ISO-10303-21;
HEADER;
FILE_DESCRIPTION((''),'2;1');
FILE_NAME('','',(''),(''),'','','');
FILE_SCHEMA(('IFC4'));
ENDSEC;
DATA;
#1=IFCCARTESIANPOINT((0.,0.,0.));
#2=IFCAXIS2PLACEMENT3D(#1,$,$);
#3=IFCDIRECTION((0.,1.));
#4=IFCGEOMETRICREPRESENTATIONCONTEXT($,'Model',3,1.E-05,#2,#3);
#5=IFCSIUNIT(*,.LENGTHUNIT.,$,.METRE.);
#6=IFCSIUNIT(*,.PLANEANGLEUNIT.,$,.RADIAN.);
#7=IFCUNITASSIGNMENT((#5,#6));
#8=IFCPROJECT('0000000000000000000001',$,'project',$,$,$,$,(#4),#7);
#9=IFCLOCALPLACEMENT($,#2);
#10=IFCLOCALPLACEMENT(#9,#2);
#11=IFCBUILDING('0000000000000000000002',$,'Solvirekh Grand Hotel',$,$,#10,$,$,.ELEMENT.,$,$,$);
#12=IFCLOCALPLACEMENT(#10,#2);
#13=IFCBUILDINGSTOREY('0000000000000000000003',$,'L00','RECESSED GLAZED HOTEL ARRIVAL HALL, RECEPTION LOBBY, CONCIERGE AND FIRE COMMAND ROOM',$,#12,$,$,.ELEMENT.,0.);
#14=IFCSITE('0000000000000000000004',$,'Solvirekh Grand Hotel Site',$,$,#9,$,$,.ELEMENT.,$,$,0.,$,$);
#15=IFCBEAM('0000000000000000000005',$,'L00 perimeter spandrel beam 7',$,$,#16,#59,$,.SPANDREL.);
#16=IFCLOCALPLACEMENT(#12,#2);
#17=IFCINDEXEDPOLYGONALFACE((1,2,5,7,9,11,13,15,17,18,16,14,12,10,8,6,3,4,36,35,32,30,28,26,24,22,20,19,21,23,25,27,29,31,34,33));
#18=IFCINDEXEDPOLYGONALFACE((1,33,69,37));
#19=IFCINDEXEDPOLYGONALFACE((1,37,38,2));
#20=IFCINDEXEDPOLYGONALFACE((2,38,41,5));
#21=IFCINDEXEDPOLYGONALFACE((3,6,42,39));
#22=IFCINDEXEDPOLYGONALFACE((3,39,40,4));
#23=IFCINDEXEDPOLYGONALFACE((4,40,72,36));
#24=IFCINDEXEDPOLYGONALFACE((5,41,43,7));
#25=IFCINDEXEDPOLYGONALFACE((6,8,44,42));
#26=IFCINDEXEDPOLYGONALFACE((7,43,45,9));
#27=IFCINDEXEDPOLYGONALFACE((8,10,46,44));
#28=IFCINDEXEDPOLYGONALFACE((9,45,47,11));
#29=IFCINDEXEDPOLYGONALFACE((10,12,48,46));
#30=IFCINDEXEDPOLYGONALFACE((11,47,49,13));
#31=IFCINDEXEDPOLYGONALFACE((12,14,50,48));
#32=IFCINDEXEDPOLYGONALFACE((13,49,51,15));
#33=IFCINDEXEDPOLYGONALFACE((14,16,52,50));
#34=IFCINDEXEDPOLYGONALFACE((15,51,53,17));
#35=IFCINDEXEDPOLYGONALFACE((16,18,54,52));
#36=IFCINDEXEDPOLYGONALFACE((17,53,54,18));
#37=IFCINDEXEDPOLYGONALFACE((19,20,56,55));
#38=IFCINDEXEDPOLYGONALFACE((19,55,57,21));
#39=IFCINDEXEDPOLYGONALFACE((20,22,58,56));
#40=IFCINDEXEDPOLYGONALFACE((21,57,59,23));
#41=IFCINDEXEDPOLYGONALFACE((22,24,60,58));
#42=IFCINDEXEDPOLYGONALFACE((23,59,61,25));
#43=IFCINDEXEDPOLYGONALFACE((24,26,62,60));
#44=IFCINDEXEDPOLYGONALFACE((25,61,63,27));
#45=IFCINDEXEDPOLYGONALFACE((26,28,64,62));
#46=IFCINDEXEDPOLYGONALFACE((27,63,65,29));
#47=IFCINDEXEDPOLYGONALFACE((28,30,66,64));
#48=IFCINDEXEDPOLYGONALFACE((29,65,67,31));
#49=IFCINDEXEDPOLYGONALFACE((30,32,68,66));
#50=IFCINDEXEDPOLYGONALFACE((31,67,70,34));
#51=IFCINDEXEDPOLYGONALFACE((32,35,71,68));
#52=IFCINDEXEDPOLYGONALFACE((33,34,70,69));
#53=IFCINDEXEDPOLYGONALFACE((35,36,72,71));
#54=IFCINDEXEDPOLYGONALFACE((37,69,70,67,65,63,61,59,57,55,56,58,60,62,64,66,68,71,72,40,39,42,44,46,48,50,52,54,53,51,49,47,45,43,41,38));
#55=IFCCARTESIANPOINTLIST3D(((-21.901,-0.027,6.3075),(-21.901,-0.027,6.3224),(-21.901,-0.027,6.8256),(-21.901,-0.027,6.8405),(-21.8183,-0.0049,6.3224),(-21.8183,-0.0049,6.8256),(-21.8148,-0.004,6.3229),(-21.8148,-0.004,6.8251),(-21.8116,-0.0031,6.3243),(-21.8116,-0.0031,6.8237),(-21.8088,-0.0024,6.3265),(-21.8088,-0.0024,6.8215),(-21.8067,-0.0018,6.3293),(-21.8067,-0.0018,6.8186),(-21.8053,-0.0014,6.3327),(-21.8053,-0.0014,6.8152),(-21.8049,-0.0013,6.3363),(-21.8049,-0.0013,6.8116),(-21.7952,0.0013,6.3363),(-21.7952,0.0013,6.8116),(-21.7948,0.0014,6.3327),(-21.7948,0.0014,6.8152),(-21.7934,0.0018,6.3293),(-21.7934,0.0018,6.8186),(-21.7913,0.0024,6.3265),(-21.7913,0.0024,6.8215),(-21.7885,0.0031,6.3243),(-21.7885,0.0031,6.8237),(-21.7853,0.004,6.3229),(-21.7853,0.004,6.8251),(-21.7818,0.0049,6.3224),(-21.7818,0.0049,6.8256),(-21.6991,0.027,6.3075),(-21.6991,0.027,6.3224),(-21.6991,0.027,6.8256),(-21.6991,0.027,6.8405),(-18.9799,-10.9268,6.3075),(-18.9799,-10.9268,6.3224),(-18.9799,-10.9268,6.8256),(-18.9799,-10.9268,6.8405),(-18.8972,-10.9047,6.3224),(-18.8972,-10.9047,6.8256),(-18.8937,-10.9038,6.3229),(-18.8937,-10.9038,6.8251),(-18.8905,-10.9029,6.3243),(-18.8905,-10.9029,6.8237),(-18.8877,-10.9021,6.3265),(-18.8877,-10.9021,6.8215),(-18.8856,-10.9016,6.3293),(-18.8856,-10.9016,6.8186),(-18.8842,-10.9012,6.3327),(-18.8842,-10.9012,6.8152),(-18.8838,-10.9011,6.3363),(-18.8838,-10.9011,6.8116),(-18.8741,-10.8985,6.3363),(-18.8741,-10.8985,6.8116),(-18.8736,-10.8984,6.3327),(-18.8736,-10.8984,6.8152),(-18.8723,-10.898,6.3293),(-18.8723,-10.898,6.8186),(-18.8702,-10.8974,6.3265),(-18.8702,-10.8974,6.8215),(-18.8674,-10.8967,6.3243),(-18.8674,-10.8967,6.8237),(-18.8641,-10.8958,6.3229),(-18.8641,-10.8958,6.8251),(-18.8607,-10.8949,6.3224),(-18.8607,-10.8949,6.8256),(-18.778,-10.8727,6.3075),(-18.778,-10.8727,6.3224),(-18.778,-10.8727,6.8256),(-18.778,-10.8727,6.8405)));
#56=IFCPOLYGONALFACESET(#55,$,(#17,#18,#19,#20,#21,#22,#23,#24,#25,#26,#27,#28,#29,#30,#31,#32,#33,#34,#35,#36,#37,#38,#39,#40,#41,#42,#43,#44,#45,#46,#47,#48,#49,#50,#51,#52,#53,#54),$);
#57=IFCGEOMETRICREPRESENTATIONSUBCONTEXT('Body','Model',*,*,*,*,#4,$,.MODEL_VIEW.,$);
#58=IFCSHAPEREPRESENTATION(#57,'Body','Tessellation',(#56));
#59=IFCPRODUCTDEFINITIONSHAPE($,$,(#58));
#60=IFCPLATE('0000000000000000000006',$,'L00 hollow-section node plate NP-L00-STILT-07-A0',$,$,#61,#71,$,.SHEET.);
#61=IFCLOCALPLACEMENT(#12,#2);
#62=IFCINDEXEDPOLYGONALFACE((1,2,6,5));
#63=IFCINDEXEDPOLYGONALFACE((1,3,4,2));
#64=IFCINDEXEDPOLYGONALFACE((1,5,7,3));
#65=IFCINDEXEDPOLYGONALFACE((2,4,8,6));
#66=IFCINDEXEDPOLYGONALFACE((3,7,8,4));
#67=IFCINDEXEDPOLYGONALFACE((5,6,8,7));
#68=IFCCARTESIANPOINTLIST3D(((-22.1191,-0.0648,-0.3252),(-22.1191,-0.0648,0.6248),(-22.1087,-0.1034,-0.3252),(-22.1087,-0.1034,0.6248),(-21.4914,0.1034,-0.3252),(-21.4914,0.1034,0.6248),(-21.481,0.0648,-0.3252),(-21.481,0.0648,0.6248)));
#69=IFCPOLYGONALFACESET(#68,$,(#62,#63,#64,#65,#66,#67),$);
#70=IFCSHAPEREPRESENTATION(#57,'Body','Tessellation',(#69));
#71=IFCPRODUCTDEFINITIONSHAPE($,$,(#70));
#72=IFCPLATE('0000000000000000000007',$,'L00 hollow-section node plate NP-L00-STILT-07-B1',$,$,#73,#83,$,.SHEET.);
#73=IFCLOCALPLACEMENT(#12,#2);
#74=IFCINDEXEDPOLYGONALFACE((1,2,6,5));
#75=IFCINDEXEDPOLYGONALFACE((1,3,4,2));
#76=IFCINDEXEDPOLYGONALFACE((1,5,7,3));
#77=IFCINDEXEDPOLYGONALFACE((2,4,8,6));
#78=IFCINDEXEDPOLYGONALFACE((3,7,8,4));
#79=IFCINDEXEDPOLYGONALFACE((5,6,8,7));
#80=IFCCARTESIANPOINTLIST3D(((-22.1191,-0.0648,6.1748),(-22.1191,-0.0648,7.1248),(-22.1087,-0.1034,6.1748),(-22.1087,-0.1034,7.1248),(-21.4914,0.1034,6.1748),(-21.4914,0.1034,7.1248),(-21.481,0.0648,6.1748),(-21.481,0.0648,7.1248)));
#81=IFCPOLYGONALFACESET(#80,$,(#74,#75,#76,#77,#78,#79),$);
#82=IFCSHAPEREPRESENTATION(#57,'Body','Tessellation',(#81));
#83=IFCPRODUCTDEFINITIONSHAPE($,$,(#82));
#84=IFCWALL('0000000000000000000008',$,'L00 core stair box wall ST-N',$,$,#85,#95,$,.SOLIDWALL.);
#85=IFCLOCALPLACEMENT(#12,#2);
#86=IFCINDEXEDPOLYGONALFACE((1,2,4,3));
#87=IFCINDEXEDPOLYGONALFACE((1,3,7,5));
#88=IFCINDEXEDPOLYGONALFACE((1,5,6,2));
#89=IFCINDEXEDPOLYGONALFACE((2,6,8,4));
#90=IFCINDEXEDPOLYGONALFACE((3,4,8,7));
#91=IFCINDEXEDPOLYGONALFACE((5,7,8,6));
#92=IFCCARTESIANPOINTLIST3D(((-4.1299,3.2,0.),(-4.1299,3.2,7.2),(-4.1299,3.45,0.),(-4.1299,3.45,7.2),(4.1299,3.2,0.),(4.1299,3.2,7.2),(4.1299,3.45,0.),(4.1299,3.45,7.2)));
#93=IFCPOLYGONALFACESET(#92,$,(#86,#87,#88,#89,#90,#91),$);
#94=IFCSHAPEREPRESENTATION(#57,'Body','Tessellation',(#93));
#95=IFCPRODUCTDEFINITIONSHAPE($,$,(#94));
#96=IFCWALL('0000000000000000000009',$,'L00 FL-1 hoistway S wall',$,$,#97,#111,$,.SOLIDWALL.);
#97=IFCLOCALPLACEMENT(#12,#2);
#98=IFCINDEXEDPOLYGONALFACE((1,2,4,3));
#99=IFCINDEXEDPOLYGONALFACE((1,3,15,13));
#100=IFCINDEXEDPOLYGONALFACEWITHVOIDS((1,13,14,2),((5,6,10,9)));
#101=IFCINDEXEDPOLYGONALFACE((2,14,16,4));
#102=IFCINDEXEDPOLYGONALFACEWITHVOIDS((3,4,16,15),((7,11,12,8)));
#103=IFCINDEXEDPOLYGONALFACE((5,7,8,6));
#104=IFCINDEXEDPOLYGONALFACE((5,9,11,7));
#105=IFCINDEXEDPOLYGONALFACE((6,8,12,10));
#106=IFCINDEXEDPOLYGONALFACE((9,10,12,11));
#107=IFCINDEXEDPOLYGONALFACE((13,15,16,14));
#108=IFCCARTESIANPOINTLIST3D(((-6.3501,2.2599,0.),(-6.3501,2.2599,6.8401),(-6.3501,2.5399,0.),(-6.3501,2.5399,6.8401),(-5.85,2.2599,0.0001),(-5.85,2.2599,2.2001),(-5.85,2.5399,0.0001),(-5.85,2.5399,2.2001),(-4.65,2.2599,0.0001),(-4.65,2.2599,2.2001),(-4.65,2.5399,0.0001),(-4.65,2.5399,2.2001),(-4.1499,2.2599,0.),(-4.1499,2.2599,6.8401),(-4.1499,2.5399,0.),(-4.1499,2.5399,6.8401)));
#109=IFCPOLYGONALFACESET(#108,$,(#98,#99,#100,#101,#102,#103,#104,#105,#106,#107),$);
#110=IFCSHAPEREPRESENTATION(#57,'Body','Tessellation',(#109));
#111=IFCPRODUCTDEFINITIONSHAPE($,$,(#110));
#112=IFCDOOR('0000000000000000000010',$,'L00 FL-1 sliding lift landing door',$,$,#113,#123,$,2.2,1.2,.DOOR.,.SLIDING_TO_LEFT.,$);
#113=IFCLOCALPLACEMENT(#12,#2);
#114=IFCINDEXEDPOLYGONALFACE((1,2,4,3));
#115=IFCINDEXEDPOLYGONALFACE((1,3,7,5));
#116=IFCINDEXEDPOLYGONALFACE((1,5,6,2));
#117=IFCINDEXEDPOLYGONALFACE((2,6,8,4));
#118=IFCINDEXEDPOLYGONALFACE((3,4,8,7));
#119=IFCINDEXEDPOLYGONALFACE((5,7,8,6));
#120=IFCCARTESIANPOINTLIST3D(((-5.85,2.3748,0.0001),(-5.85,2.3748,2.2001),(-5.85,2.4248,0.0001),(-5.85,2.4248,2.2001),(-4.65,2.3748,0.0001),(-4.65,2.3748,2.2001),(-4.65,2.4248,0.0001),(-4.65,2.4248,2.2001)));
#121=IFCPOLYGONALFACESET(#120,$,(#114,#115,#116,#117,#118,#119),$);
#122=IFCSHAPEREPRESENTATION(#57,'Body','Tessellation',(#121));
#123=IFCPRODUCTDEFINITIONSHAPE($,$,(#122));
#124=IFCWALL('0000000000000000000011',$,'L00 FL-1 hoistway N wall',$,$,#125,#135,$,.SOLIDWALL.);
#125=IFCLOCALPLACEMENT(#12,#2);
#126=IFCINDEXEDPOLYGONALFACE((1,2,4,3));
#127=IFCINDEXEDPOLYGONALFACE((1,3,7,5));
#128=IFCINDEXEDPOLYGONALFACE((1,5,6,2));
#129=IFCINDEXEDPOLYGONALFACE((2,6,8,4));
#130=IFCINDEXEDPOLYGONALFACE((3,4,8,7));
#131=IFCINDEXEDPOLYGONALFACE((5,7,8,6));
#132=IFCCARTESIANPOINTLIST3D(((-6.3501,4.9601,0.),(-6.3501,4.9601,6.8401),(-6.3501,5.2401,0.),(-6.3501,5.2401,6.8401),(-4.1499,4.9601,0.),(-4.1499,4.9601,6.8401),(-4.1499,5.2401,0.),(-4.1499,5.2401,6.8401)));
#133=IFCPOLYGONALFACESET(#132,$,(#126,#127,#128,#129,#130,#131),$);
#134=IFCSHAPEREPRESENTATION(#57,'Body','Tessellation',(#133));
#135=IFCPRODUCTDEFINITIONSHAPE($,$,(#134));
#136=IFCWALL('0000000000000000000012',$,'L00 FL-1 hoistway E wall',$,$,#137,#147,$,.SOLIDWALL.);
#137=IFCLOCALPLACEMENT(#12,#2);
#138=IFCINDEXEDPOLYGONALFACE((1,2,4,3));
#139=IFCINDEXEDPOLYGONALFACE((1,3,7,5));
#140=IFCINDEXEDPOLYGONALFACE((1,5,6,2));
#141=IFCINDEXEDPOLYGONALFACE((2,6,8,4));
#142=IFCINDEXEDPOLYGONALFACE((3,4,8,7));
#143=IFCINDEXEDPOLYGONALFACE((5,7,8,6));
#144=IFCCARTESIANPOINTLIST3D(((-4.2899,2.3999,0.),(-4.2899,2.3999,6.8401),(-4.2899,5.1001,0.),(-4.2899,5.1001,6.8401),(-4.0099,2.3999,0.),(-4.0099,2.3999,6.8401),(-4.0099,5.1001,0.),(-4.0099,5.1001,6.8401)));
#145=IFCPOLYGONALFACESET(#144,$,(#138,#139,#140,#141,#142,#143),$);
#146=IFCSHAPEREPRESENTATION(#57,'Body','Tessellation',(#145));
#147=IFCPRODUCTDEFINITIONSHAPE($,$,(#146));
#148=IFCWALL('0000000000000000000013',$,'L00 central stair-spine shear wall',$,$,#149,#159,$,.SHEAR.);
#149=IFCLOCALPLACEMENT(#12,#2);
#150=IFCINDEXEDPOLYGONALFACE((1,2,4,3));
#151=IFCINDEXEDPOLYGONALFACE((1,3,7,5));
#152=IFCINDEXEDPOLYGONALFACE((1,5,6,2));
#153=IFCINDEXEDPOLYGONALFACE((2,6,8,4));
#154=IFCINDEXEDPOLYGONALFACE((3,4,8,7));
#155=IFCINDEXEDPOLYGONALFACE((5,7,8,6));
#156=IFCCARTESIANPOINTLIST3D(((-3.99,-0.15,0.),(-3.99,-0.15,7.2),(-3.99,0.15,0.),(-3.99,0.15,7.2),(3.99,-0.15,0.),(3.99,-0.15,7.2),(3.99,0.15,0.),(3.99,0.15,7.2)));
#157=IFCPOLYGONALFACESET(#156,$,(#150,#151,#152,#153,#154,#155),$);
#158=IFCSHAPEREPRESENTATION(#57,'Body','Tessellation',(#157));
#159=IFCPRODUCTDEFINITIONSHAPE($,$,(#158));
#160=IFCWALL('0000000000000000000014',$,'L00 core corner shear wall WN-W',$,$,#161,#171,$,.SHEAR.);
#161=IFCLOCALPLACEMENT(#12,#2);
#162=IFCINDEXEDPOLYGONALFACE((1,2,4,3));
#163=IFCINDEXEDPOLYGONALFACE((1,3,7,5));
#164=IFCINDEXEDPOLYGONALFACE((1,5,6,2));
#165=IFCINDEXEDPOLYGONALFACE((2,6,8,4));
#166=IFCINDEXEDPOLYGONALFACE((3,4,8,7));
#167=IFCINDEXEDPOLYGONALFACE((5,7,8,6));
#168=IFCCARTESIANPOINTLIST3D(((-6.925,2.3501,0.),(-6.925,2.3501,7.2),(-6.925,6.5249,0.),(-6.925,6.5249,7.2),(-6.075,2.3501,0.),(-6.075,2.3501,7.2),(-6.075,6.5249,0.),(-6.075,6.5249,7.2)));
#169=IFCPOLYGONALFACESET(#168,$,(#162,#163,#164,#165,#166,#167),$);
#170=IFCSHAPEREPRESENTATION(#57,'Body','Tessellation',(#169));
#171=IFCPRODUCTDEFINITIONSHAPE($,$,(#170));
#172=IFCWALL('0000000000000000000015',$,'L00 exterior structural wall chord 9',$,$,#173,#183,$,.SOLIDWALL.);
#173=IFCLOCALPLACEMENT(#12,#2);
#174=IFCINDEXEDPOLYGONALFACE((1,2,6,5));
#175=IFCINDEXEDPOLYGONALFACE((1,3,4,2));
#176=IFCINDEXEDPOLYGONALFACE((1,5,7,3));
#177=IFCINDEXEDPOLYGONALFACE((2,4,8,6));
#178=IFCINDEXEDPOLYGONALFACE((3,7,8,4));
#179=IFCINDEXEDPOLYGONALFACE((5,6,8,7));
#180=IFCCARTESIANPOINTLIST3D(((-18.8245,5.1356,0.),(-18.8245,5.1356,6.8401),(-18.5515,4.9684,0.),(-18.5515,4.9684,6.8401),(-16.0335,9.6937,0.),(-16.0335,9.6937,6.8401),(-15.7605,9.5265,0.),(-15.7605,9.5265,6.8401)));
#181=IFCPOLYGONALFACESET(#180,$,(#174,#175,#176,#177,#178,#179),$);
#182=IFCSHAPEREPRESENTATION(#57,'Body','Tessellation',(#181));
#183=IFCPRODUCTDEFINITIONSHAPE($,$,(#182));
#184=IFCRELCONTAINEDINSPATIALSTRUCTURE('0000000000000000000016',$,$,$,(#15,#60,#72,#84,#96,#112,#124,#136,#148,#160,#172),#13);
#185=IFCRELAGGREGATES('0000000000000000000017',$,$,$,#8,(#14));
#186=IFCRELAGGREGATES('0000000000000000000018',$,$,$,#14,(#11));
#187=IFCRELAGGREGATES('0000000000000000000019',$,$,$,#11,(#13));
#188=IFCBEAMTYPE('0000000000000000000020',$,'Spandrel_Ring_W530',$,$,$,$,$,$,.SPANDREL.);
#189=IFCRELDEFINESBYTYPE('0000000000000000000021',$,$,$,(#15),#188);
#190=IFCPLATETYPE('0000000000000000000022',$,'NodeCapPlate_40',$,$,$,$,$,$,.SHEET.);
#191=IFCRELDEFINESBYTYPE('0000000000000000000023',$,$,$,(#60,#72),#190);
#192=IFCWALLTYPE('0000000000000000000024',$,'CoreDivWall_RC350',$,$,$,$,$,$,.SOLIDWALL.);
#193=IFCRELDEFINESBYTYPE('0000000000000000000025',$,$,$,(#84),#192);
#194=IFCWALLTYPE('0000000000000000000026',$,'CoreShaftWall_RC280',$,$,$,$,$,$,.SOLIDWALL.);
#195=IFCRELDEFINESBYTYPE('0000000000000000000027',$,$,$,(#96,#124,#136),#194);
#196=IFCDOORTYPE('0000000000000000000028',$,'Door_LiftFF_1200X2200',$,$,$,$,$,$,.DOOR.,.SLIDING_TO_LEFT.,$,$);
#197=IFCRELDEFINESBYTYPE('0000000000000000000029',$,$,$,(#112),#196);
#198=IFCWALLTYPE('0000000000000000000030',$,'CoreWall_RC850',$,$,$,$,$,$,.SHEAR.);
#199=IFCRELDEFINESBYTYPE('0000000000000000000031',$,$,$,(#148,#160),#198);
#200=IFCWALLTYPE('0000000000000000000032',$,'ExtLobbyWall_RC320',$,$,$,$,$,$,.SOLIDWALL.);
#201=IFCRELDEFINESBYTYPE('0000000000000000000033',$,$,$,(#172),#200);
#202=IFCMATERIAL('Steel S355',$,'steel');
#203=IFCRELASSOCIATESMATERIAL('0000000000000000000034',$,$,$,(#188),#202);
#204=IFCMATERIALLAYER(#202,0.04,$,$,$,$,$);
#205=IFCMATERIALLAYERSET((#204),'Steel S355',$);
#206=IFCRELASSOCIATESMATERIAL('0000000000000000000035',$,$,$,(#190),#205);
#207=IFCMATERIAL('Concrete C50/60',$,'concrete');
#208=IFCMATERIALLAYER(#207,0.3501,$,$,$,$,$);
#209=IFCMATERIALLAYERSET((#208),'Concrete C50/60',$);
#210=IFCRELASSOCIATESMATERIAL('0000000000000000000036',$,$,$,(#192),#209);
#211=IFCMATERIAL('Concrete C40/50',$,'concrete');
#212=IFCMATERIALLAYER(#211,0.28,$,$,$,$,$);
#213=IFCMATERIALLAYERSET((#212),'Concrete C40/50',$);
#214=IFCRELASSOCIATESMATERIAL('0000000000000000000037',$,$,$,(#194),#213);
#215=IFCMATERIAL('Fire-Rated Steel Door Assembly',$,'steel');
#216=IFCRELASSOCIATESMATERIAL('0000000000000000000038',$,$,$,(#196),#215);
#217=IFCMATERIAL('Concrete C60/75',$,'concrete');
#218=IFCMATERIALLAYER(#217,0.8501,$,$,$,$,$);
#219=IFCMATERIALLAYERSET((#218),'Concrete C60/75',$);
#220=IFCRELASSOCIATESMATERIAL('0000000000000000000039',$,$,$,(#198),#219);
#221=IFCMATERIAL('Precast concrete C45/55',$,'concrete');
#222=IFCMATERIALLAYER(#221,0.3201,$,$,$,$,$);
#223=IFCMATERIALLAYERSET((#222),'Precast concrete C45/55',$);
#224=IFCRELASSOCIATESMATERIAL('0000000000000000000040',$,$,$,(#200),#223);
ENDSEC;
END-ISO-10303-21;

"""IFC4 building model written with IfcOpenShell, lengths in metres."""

from ifc_helpers import new_model, si_unit, direction, frame, frame_2d, origin, origin_2d, place, context, subcontext, project, spatial, rectangle, i_section, extrude, material, layer, layer_set, material_profile, profile_set, type_object, element, fill, save


model = new_model("IFC4")

# Units and contexts
model_context = context("Model", 3, precision=1e-05, world=origin(), true_north=direction((0.0, 1.0)))
body_context = subcontext(model_context, "Body", "Model", "MODEL_VIEW")
ifc_project = project(units=[si_unit("LENGTHUNIT", "METRE"), si_unit("PLANEANGLEUNIT", "RADIAN")], contexts=[model_context])

# Site, building, storey
site_placement = place(None, origin())
site = spatial("IfcSite", under=ifc_project, at=site_placement, Name="Solvirekh Grand Hotel Site", CompositionType="ELEMENT", RefElevation=0.0)
building_placement = place(site_placement, origin())
building = spatial("IfcBuilding", under=site, at=building_placement, Name="Solvirekh Grand Hotel", CompositionType="ELEMENT")
storey_placement = place(building_placement, origin())
storey = spatial("IfcBuildingStorey", under=building, at=storey_placement, Name="L00", Description="RECESSED GLAZED HOTEL ARRIVAL HALL, RECEPTION LOBBY, CONCIERGE AND FIRE COMMAND ROOM", CompositionType="ELEMENT", Elevation=0.0)

# Shared definitions
ifc_material_1 = material(Name="Concrete C60/75", Category="concrete")

# Beam
ifc_material_2 = material(Name="Precast concrete C45/55", Category="concrete")
ifc_material_3 = material(Name="Steel S355", Category="steel")
ifc_material_profile_1 = material_profile(ifc_material_3, i_section(OverallWidth=0.209, OverallDepth=0.533, WebThickness=0.01, FlangeThickness=0.0149, FilletRadius=0.0139, at=origin_2d()), Name="W530X92")
ifc_profile_set_1 = profile_set([ifc_material_profile_1], Name="Steel S355")
beam_type_1 = type_object("IfcBeamType", Name="Spandrel_Ring_W530", PredefinedType="SPANDREL", material=ifc_profile_set_1)
beam_1_placement = place(storey_placement, frame((-21.8, 0.0, 6.574), z_axis=(0.258862, -0.965914, 0.0), x_axis=(0.965914, 0.258862, 0.0)))
element("IfcBeam", 1, at=beam_1_placement, inside=storey, type_object=beam_type_1, Name="L00 perimeter spandrel beam 7", PredefinedType="SPANDREL", context=body_context, shape_type="SweptSolid", body=[
    extrude(i_section(OverallWidth=0.209, OverallDepth=0.533, WebThickness=0.01, FlangeThickness=0.0149, FilletRadius=0.0139, at=origin_2d()), origin(), (0.0, 0.0, 1.0), 11.2844),
])

# Plates
ifc_layer_1 = layer(ifc_material_3, 0.04)
ifc_layer_set_1 = layer_set([ifc_layer_1], Name="Steel S355")
plate_type = type_object("IfcPlateType", Name="NodeCapPlate_40", PredefinedType="SHEET", material=ifc_layer_set_1)
for number, where, z_axis, x_axis, name in (
    (2, (-21.8, 0.0, -0.3252), (0.0, 0.0, 1.0), (0.258819, -0.965926, 0.0), "L00 hollow-section node plate NP-L00-STILT-07-A0"),
    (3, (-21.8, 0.0, 6.1748), (0.0, 0.0, 1.0), (0.258819, -0.965926, 0.0), "L00 hollow-section node plate NP-L00-STILT-07-B1"),
):
    element("IfcPlate", number, at=place(storey_placement, frame(where, z_axis=z_axis, x_axis=x_axis)), inside=storey, type_object=plate_type, Name=name, PredefinedType="SHEET", context=body_context, shape_type="SweptSolid", body=[
        extrude(rectangle(XDim=0.04, YDim=0.6499, at=origin_2d()), origin(), (0.0, 0.0, 1.0), 0.95),
    ])

# Wall
ifc_material_4 = material(Name="Concrete C50/60", Category="concrete")
ifc_layer_2 = layer(ifc_material_4, 0.3501)
ifc_layer_set_2 = layer_set([ifc_layer_2], Name="Concrete C50/60")
wall_type_1 = type_object("IfcWallType", Name="CoreDivWall_RC350", PredefinedType="SOLIDWALL", material=ifc_layer_set_2)
wall_1_placement = place(storey_placement, frame((-4.1299, 3.325, 0.0), z_axis=(0.0, 0.0, 1.0), x_axis=(1.0, 0.0, 0.0)))
element("IfcWall", 4, at=wall_1_placement, inside=storey, type_object=wall_type_1, Name="L00 core stair box wall ST-N", PredefinedType="SOLIDWALL", context=body_context, shape_type="SweptSolid", body=[
    extrude(rectangle(XDim=8.2598, YDim=0.25, at=frame_2d((4.1299, 0.0))), origin(), (0.0, 0.0, 1.0), 7.2),
])

# Wall, opening, door
ifc_material_5 = material(Name="Concrete C40/50", Category="concrete")
ifc_layer_3 = layer(ifc_material_5, 0.28)
ifc_layer_set_3 = layer_set([ifc_layer_3], Name="Concrete C40/50")
wall_type_2 = type_object("IfcWallType", Name="CoreShaftWall_RC280", PredefinedType="SOLIDWALL", material=ifc_layer_set_3)
wall_2_placement = place(storey_placement, frame((-6.3501, 2.3999, 0.0), z_axis=(0.0, 0.0, 1.0), x_axis=(1.0, 0.0, 0.0)))
wall_2 = element("IfcWall", 5, at=wall_2_placement, inside=storey, type_object=wall_type_2, Name="L00 FL-1 hoistway S wall", PredefinedType="SOLIDWALL", context=body_context, shape_type="SweptSolid", body=[
    extrude(rectangle(XDim=2.2002, YDim=0.28, at=frame_2d((1.1001, 0.0))), origin(), (0.0, 0.0, 1.0), 6.8401),
])
opening_1_placement = place(wall_2_placement, frame((0.5, 0.0, 0.0)))
opening_1 = element("IfcOpeningElement", 6, at=opening_1_placement, cuts=wall_2, PredefinedType="OPENING", context=body_context, shape_type="SweptSolid", body=[
    extrude(rectangle(XDim=1.2, YDim=2.2, at=frame_2d((0.6001, 1.1001))), frame((0.0, 0.1499, 0.0), z_axis=(0.0, -1.0, 0.0), x_axis=(1.0, 0.0, 0.0)), (0.0, 0.0, 1.0), 0.3),
])
ifc_material_6 = material(Name="Fire-Rated Steel Door Assembly", Category="steel")
door_type_1 = type_object("IfcDoorType", Name="Door_LiftFF_1200X2200", OperationType="SLIDING_TO_LEFT", PredefinedType="DOOR", material=ifc_material_6)
door_1_placement = place(opening_1_placement, origin())
door_1 = element("IfcDoor", 7, at=door_1_placement, inside=storey, type_object=door_type_1, Name="L00 FL-1 sliding lift landing door", OperationType="SLIDING_TO_LEFT", OverallHeight=2.2, OverallWidth=1.2, PredefinedType="DOOR", context=body_context, shape_type="SweptSolid", body=[
    extrude(rectangle(XDim=1.2, YDim=2.2, at=frame_2d((0.6001, 1.1001))), frame((0.0, 0.0249, 0.0), z_axis=(0.0, -1.0, 0.0), x_axis=(1.0, 0.0, 0.0)), (0.0, 0.0, 1.0), 0.05),
])
fill(opening_1, door_1)

# Walls
wall_3_placement = place(storey_placement, frame((-4.1499, 5.1001, 0.0), z_axis=(0.0, 0.0, 1.0), x_axis=(-1.0, 0.0, 0.0)))
element("IfcWall", 8, at=wall_3_placement, inside=storey, type_object=wall_type_2, Name="L00 FL-1 hoistway N wall", PredefinedType="SOLIDWALL", context=body_context, shape_type="SweptSolid", body=[
    extrude(rectangle(XDim=2.2002, YDim=0.28, at=frame_2d((1.1001, 0.0))), origin(), (0.0, 0.0, 1.0), 6.8401),
])
wall_4_placement = place(storey_placement, frame((-4.1499, 2.3999, 0.0), z_axis=(0.0, 0.0, 1.0), x_axis=(0.0, 1.0, 0.0)))
element("IfcWall", 9, at=wall_4_placement, inside=storey, type_object=wall_type_2, Name="L00 FL-1 hoistway E wall", PredefinedType="SOLIDWALL", context=body_context, shape_type="SweptSolid", body=[
    extrude(rectangle(XDim=2.7002, YDim=0.28, at=frame_2d((1.3501, 0.0))), origin(), (0.0, 0.0, 1.0), 6.8401),
])
ifc_layer_4 = layer(ifc_material_1, 0.8501)
ifc_layer_set_4 = layer_set([ifc_layer_4], Name="Concrete C60/75")
wall_type_3 = type_object("IfcWallType", Name="CoreWall_RC850", PredefinedType="SHEAR", material=ifc_layer_set_4)
wall_5_placement = place(storey_placement, frame((-3.99, 0.0, 0.0), z_axis=(0.0, 0.0, 1.0), x_axis=(1.0, 0.0, 0.0)))
element("IfcWall", 10, at=wall_5_placement, inside=storey, type_object=wall_type_3, Name="L00 central stair-spine shear wall", PredefinedType="SHEAR", context=body_context, shape_type="SweptSolid", body=[
    extrude(rectangle(XDim=7.98, YDim=0.3, at=frame_2d((3.99, 0.0))), origin(), (0.0, 0.0, 1.0), 7.2),
])
wall_6_placement = place(storey_placement, frame((-6.5, 2.3501, 0.0), z_axis=(0.0, 0.0, 1.0), x_axis=(0.0, 1.0, 0.0)))
element("IfcWall", 11, at=wall_6_placement, inside=storey, type_object=wall_type_3, Name="L00 core corner shear wall WN-W", PredefinedType="SHEAR", context=body_context, shape_type="SweptSolid", body=[
    extrude(rectangle(XDim=4.1748, YDim=0.8501, at=frame_2d((2.0874, 0.0))), origin(), (0.0, 0.0, 1.0), 7.2),
])
ifc_layer_5 = layer(ifc_material_2, 0.3201)
ifc_layer_set_5 = layer_set([ifc_layer_5], Name="Precast concrete C45/55")
wall_type_4 = type_object("IfcWallType", Name="ExtLobbyWall_RC320", PredefinedType="SOLIDWALL", material=ifc_layer_set_5)
wall_7_placement = place(storey_placement, frame((-18.688, 5.052, 0.0), z_axis=(0.0, 0.0, 1.0), x_axis=(0.5222, 0.852823, 0.0)))
element("IfcWall", 12, at=wall_7_placement, inside=storey, type_object=wall_type_4, Name="L00 exterior structural wall chord 9", PredefinedType="SOLIDWALL", context=body_context, shape_type="SweptSolid", body=[
    extrude(rectangle(XDim=5.3447, YDim=0.3201, at=frame_2d((2.6724, 0.0))), origin(), (0.0, 0.0, 1.0), 6.8401),
])

save(model, "model.ifc")
